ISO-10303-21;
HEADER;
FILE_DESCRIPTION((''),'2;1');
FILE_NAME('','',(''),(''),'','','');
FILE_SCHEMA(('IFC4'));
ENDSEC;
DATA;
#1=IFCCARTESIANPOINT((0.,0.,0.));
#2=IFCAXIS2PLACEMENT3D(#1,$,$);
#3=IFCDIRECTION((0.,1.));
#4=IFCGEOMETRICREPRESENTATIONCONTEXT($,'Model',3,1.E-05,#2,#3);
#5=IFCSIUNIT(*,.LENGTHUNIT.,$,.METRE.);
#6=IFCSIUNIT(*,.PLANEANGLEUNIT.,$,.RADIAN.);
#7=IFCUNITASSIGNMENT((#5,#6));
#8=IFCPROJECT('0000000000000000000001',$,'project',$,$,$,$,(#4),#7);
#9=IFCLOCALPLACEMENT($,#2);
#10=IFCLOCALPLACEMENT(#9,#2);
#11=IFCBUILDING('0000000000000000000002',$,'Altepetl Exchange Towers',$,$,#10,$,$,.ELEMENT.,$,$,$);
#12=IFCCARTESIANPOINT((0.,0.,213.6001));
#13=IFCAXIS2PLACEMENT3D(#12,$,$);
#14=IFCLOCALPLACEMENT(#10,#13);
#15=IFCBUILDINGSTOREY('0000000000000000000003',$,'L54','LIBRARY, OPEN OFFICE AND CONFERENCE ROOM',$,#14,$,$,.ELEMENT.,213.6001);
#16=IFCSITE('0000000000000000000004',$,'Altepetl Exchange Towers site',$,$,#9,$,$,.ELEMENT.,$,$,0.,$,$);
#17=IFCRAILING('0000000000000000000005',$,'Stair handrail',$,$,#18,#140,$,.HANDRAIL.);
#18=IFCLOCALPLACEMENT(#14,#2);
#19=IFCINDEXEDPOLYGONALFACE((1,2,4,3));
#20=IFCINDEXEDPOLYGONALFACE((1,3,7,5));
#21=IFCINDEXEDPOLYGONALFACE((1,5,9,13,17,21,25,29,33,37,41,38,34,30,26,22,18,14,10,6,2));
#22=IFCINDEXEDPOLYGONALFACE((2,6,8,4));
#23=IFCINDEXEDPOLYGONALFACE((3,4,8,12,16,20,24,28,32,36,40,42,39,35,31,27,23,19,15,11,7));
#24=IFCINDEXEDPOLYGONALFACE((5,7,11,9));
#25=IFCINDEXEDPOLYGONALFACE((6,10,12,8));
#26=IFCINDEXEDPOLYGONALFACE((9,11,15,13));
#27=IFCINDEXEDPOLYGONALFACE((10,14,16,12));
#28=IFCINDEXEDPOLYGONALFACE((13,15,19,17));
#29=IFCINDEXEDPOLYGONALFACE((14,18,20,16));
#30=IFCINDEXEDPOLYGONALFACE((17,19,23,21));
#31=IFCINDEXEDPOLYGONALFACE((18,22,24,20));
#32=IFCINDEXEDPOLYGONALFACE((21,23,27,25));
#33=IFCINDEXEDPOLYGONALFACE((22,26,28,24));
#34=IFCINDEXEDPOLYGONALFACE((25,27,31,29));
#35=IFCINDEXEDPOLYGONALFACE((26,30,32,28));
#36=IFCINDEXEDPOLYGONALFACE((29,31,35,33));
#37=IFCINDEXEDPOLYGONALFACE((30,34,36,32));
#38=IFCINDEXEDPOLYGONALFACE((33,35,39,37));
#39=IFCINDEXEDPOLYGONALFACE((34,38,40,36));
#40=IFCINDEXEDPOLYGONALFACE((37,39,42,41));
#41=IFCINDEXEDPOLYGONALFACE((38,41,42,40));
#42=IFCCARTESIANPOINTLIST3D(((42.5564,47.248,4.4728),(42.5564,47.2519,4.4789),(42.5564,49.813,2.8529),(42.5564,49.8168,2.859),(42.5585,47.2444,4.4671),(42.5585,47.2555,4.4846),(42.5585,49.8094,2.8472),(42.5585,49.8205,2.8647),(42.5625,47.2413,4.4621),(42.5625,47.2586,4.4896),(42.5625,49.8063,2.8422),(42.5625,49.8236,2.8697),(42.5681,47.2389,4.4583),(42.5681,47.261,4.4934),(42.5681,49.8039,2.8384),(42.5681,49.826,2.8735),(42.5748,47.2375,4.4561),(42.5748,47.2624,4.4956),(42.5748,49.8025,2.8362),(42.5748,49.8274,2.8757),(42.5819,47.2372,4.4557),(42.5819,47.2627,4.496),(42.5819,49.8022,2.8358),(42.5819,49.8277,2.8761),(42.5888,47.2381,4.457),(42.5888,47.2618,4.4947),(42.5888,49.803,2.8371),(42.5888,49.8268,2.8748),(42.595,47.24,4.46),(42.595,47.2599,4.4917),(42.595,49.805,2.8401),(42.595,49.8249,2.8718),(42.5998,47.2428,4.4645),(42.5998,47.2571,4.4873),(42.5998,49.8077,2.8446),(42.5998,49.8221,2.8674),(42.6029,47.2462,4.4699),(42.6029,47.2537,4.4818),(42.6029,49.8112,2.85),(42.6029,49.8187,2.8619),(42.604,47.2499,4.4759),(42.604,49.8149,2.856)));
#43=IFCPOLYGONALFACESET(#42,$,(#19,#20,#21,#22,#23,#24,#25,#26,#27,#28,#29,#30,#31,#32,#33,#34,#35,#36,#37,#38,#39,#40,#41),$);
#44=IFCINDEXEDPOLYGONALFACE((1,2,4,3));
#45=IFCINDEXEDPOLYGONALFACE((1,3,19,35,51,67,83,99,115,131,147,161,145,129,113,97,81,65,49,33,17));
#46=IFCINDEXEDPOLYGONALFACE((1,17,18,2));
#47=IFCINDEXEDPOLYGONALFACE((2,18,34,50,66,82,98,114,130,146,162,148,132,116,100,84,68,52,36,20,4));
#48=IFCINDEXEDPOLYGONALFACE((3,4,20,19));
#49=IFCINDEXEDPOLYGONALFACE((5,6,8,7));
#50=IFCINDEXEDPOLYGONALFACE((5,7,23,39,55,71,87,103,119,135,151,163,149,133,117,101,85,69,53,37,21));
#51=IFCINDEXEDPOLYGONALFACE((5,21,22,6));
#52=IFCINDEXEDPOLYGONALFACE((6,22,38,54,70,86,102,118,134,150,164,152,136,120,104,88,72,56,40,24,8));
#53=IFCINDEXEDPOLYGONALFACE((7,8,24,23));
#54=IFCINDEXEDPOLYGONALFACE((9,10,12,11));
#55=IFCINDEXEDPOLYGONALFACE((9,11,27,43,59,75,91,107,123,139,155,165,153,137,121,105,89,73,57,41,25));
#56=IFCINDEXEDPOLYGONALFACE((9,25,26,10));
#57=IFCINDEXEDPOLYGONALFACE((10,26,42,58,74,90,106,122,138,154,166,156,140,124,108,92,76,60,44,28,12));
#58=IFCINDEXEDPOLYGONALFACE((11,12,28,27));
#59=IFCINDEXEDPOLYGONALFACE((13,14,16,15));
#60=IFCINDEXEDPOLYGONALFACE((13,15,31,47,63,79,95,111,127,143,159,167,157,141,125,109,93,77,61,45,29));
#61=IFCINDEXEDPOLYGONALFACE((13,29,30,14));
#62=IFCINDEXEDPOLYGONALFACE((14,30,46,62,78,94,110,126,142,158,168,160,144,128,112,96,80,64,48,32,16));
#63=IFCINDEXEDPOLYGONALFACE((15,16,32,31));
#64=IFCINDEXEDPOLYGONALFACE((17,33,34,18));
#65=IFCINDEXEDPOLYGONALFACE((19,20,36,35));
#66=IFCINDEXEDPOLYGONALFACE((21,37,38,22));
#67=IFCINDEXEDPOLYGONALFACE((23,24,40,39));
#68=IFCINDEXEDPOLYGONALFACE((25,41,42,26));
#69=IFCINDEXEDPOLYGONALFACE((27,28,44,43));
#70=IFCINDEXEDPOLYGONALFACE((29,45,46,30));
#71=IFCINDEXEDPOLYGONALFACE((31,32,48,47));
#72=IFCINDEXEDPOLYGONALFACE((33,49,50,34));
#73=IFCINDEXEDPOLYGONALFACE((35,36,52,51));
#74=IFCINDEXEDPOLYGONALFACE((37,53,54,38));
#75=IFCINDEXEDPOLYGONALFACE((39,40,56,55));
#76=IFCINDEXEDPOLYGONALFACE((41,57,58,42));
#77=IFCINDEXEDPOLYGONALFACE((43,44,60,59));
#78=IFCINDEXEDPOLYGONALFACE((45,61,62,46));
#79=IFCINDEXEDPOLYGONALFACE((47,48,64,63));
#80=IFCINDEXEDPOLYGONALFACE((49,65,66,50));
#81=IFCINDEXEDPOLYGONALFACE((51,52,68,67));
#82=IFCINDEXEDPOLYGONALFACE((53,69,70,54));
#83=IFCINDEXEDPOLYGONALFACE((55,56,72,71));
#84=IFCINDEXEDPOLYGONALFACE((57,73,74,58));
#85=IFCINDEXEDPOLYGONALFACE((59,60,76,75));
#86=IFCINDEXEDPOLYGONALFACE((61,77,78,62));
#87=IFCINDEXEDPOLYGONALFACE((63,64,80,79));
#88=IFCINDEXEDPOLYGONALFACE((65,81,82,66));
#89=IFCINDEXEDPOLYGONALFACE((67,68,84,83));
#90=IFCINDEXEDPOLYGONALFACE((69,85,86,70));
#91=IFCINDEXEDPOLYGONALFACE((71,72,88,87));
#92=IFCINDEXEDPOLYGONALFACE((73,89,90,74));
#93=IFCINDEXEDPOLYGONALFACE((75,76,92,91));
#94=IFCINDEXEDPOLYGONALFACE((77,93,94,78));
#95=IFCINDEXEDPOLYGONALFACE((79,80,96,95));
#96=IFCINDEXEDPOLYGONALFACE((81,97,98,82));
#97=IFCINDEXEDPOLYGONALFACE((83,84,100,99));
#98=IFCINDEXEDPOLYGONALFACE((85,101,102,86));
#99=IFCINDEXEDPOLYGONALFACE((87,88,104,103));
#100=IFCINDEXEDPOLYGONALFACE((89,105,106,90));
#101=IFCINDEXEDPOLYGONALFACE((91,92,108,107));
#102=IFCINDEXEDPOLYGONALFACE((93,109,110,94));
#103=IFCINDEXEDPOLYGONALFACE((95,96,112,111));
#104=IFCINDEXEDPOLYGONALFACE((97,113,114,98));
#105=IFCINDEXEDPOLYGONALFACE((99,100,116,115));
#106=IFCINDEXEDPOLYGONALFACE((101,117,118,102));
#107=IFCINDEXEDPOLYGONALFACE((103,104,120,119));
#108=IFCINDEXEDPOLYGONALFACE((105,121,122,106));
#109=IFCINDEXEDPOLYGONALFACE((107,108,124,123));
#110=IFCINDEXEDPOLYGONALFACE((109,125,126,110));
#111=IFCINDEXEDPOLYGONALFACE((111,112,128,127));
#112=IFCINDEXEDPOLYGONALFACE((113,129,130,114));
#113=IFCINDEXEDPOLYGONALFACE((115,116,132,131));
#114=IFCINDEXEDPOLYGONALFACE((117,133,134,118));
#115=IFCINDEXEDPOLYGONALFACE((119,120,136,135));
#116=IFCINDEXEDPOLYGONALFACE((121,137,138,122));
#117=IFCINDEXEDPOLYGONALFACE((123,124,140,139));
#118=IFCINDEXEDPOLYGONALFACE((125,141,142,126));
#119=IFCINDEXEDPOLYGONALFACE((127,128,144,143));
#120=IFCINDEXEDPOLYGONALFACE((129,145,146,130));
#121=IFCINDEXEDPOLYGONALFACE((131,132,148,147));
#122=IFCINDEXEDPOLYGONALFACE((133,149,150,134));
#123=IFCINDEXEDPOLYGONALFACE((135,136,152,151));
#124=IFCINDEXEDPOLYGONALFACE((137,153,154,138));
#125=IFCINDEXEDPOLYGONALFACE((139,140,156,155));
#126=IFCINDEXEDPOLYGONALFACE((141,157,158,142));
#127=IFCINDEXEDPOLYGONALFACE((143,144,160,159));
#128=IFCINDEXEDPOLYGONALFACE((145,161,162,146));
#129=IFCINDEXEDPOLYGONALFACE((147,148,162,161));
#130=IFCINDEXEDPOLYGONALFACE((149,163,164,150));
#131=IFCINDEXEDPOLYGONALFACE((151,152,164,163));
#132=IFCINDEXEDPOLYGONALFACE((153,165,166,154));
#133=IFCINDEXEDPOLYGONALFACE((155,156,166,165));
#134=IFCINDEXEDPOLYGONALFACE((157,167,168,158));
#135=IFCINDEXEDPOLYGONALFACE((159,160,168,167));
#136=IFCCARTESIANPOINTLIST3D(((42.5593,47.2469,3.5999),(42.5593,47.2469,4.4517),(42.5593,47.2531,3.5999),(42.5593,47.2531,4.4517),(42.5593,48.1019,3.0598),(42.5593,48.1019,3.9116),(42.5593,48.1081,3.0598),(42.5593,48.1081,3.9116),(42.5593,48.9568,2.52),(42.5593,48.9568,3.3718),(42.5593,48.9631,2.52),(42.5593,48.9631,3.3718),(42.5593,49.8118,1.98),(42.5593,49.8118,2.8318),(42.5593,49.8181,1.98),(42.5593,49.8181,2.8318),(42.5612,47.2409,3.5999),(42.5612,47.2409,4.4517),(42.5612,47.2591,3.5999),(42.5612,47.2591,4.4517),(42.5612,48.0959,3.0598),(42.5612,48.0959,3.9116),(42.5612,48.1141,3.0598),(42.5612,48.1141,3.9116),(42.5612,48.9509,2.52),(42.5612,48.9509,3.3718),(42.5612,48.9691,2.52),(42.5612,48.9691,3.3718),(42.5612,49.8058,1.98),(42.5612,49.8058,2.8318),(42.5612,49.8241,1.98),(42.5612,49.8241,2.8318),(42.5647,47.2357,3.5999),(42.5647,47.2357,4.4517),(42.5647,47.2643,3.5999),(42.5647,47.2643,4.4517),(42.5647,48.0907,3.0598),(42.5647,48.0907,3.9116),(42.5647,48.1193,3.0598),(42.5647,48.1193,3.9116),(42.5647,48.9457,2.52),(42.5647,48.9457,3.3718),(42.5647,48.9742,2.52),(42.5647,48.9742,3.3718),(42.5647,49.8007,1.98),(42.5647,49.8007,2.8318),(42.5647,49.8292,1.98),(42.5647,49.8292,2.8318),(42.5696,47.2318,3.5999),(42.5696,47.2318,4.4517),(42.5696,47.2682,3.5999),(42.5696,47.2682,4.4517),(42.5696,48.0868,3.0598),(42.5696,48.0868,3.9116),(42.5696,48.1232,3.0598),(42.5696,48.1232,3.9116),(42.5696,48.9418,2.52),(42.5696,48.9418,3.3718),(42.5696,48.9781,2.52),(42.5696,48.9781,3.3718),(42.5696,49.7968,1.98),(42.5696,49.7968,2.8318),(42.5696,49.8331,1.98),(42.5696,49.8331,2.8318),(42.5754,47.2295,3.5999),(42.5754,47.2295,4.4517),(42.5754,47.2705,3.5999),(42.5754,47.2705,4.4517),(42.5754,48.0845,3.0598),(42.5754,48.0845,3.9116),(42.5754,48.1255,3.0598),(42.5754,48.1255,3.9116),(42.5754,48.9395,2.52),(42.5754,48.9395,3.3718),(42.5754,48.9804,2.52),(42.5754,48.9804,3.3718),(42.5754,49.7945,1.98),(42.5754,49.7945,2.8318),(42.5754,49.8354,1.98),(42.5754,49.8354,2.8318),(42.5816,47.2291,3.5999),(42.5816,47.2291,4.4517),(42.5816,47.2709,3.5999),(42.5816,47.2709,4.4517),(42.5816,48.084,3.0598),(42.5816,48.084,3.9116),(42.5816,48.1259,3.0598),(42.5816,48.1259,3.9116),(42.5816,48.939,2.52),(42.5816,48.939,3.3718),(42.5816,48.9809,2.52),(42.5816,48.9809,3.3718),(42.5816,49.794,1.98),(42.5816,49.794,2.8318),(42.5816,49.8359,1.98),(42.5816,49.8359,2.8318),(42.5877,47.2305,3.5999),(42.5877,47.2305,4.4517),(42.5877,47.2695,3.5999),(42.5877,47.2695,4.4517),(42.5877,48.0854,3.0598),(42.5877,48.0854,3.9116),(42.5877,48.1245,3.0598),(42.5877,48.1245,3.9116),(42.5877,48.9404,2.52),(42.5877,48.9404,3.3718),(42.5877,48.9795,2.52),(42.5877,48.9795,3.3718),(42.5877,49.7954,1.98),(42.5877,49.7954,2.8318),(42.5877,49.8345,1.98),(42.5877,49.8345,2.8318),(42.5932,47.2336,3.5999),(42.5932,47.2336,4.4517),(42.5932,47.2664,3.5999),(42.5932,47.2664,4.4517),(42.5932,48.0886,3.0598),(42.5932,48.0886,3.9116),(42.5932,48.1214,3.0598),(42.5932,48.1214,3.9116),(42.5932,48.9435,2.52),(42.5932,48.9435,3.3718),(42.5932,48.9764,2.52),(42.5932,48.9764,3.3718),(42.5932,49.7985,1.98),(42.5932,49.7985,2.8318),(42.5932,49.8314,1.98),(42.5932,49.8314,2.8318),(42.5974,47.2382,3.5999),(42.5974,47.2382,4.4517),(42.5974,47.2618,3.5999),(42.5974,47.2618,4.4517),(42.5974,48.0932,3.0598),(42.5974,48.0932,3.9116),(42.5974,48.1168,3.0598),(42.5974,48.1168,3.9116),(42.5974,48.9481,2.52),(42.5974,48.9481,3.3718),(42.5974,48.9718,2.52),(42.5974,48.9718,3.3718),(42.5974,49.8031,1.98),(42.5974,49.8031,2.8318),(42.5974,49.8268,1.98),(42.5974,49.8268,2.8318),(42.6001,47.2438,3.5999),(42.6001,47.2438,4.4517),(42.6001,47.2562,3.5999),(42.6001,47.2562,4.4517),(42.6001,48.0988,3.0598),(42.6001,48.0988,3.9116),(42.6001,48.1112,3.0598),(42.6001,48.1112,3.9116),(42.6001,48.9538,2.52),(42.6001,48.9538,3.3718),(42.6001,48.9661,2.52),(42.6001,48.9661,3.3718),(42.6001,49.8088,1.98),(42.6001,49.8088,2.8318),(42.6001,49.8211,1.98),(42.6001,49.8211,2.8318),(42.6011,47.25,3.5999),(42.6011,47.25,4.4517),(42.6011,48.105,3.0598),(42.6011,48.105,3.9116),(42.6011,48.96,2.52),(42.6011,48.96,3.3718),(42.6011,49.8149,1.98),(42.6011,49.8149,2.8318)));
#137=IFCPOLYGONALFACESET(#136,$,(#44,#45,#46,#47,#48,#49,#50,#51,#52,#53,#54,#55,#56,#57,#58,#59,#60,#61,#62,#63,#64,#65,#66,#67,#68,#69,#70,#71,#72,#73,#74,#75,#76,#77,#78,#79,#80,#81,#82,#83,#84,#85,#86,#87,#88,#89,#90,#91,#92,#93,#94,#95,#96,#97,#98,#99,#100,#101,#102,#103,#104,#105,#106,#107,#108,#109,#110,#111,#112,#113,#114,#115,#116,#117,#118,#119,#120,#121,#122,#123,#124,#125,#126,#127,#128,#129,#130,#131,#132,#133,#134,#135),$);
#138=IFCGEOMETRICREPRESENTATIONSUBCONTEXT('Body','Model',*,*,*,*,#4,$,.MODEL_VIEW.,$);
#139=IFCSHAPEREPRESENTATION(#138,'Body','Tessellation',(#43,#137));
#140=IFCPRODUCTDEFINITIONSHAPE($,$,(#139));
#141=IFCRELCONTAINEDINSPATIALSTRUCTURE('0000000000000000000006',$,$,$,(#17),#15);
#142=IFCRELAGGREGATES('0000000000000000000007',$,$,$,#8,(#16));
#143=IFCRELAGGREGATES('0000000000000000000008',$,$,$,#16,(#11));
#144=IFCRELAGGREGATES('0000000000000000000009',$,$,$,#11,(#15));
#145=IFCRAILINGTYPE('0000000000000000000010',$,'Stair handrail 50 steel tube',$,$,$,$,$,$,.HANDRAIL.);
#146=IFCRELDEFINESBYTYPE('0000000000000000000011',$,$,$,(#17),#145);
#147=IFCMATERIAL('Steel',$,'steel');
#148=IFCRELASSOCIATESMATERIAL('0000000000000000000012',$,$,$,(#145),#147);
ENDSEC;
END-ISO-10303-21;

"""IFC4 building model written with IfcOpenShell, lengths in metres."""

from ifc_helpers import new_model, si_unit, direction, frame, origin, origin_2d, place, context, subcontext, project, spatial, circle, extrude, source, transform, mapped, material, type_object, element, save


model = new_model("IFC4")

# Units and contexts
model_context = context("Model", 3, precision=1e-05, world=origin(), true_north=direction((0.0, 1.0)))
body_context = subcontext(model_context, "Body", "Model", "MODEL_VIEW")
ifc_project = project(units=[si_unit("LENGTHUNIT", "METRE"), si_unit("PLANEANGLEUNIT", "RADIAN")], contexts=[model_context])

# Site, building, storey
site_placement = place(None, origin())
site = spatial("IfcSite", under=ifc_project, at=site_placement, Name="Altepetl Exchange Towers site", CompositionType="ELEMENT", RefElevation=0.0)
building_placement = place(site_placement, origin())
building = spatial("IfcBuilding", under=site, at=building_placement, Name="Altepetl Exchange Towers", CompositionType="ELEMENT")
storey_placement = place(building_placement, frame((0.0, 0.0, 213.6001)))
storey = spatial("IfcBuildingStorey", under=building, at=storey_placement, Name="L54", Description="LIBRARY, OPEN OFFICE AND CONFERENCE ROOM", CompositionType="ELEMENT", Elevation=213.6001)

# Railing
ifc_material_1 = material(Name="Steel", Category="steel")
railing_type = type_object("IfcRailingType", Name="Stair handrail 50 steel tube", PredefinedType="HANDRAIL", material=ifc_material_1)
shared_shape = source(origin(), body_context, "Body", "SweptSolid", [
    extrude(circle(Radius=0.021, at=origin_2d()), origin(), (0.0, 0.0, 1.0), 0.8518),
])
railing_1_placement = place(storey_placement, frame((42.5801, 49.8149, 1.98)))
element("IfcRailing", 1, at=railing_1_placement, inside=storey, type_object=railing_type, Name="Stair handrail", PredefinedType="HANDRAIL", context=body_context, shape_type="SweptSolid", body=[
    extrude(circle(Radius=0.0239, at=origin_2d()), frame((0.0, 0.0, 0.876), z_axis=(0.0, -0.845502, 0.533972), x_axis=(1.0, 0.0, 0.0)), (0.0, 0.0, 1.0), 3.0337),
    mapped(shared_shape, transform((0.0, 0.0, 0.0))),
    mapped(shared_shape, transform((0.0, -0.855, 0.54))),
    mapped(shared_shape, transform((0.0, -1.71, 1.0798))),
    mapped(shared_shape, transform((0.0, -2.5649, 1.6199))),
])

save(model, "model.ifc")
